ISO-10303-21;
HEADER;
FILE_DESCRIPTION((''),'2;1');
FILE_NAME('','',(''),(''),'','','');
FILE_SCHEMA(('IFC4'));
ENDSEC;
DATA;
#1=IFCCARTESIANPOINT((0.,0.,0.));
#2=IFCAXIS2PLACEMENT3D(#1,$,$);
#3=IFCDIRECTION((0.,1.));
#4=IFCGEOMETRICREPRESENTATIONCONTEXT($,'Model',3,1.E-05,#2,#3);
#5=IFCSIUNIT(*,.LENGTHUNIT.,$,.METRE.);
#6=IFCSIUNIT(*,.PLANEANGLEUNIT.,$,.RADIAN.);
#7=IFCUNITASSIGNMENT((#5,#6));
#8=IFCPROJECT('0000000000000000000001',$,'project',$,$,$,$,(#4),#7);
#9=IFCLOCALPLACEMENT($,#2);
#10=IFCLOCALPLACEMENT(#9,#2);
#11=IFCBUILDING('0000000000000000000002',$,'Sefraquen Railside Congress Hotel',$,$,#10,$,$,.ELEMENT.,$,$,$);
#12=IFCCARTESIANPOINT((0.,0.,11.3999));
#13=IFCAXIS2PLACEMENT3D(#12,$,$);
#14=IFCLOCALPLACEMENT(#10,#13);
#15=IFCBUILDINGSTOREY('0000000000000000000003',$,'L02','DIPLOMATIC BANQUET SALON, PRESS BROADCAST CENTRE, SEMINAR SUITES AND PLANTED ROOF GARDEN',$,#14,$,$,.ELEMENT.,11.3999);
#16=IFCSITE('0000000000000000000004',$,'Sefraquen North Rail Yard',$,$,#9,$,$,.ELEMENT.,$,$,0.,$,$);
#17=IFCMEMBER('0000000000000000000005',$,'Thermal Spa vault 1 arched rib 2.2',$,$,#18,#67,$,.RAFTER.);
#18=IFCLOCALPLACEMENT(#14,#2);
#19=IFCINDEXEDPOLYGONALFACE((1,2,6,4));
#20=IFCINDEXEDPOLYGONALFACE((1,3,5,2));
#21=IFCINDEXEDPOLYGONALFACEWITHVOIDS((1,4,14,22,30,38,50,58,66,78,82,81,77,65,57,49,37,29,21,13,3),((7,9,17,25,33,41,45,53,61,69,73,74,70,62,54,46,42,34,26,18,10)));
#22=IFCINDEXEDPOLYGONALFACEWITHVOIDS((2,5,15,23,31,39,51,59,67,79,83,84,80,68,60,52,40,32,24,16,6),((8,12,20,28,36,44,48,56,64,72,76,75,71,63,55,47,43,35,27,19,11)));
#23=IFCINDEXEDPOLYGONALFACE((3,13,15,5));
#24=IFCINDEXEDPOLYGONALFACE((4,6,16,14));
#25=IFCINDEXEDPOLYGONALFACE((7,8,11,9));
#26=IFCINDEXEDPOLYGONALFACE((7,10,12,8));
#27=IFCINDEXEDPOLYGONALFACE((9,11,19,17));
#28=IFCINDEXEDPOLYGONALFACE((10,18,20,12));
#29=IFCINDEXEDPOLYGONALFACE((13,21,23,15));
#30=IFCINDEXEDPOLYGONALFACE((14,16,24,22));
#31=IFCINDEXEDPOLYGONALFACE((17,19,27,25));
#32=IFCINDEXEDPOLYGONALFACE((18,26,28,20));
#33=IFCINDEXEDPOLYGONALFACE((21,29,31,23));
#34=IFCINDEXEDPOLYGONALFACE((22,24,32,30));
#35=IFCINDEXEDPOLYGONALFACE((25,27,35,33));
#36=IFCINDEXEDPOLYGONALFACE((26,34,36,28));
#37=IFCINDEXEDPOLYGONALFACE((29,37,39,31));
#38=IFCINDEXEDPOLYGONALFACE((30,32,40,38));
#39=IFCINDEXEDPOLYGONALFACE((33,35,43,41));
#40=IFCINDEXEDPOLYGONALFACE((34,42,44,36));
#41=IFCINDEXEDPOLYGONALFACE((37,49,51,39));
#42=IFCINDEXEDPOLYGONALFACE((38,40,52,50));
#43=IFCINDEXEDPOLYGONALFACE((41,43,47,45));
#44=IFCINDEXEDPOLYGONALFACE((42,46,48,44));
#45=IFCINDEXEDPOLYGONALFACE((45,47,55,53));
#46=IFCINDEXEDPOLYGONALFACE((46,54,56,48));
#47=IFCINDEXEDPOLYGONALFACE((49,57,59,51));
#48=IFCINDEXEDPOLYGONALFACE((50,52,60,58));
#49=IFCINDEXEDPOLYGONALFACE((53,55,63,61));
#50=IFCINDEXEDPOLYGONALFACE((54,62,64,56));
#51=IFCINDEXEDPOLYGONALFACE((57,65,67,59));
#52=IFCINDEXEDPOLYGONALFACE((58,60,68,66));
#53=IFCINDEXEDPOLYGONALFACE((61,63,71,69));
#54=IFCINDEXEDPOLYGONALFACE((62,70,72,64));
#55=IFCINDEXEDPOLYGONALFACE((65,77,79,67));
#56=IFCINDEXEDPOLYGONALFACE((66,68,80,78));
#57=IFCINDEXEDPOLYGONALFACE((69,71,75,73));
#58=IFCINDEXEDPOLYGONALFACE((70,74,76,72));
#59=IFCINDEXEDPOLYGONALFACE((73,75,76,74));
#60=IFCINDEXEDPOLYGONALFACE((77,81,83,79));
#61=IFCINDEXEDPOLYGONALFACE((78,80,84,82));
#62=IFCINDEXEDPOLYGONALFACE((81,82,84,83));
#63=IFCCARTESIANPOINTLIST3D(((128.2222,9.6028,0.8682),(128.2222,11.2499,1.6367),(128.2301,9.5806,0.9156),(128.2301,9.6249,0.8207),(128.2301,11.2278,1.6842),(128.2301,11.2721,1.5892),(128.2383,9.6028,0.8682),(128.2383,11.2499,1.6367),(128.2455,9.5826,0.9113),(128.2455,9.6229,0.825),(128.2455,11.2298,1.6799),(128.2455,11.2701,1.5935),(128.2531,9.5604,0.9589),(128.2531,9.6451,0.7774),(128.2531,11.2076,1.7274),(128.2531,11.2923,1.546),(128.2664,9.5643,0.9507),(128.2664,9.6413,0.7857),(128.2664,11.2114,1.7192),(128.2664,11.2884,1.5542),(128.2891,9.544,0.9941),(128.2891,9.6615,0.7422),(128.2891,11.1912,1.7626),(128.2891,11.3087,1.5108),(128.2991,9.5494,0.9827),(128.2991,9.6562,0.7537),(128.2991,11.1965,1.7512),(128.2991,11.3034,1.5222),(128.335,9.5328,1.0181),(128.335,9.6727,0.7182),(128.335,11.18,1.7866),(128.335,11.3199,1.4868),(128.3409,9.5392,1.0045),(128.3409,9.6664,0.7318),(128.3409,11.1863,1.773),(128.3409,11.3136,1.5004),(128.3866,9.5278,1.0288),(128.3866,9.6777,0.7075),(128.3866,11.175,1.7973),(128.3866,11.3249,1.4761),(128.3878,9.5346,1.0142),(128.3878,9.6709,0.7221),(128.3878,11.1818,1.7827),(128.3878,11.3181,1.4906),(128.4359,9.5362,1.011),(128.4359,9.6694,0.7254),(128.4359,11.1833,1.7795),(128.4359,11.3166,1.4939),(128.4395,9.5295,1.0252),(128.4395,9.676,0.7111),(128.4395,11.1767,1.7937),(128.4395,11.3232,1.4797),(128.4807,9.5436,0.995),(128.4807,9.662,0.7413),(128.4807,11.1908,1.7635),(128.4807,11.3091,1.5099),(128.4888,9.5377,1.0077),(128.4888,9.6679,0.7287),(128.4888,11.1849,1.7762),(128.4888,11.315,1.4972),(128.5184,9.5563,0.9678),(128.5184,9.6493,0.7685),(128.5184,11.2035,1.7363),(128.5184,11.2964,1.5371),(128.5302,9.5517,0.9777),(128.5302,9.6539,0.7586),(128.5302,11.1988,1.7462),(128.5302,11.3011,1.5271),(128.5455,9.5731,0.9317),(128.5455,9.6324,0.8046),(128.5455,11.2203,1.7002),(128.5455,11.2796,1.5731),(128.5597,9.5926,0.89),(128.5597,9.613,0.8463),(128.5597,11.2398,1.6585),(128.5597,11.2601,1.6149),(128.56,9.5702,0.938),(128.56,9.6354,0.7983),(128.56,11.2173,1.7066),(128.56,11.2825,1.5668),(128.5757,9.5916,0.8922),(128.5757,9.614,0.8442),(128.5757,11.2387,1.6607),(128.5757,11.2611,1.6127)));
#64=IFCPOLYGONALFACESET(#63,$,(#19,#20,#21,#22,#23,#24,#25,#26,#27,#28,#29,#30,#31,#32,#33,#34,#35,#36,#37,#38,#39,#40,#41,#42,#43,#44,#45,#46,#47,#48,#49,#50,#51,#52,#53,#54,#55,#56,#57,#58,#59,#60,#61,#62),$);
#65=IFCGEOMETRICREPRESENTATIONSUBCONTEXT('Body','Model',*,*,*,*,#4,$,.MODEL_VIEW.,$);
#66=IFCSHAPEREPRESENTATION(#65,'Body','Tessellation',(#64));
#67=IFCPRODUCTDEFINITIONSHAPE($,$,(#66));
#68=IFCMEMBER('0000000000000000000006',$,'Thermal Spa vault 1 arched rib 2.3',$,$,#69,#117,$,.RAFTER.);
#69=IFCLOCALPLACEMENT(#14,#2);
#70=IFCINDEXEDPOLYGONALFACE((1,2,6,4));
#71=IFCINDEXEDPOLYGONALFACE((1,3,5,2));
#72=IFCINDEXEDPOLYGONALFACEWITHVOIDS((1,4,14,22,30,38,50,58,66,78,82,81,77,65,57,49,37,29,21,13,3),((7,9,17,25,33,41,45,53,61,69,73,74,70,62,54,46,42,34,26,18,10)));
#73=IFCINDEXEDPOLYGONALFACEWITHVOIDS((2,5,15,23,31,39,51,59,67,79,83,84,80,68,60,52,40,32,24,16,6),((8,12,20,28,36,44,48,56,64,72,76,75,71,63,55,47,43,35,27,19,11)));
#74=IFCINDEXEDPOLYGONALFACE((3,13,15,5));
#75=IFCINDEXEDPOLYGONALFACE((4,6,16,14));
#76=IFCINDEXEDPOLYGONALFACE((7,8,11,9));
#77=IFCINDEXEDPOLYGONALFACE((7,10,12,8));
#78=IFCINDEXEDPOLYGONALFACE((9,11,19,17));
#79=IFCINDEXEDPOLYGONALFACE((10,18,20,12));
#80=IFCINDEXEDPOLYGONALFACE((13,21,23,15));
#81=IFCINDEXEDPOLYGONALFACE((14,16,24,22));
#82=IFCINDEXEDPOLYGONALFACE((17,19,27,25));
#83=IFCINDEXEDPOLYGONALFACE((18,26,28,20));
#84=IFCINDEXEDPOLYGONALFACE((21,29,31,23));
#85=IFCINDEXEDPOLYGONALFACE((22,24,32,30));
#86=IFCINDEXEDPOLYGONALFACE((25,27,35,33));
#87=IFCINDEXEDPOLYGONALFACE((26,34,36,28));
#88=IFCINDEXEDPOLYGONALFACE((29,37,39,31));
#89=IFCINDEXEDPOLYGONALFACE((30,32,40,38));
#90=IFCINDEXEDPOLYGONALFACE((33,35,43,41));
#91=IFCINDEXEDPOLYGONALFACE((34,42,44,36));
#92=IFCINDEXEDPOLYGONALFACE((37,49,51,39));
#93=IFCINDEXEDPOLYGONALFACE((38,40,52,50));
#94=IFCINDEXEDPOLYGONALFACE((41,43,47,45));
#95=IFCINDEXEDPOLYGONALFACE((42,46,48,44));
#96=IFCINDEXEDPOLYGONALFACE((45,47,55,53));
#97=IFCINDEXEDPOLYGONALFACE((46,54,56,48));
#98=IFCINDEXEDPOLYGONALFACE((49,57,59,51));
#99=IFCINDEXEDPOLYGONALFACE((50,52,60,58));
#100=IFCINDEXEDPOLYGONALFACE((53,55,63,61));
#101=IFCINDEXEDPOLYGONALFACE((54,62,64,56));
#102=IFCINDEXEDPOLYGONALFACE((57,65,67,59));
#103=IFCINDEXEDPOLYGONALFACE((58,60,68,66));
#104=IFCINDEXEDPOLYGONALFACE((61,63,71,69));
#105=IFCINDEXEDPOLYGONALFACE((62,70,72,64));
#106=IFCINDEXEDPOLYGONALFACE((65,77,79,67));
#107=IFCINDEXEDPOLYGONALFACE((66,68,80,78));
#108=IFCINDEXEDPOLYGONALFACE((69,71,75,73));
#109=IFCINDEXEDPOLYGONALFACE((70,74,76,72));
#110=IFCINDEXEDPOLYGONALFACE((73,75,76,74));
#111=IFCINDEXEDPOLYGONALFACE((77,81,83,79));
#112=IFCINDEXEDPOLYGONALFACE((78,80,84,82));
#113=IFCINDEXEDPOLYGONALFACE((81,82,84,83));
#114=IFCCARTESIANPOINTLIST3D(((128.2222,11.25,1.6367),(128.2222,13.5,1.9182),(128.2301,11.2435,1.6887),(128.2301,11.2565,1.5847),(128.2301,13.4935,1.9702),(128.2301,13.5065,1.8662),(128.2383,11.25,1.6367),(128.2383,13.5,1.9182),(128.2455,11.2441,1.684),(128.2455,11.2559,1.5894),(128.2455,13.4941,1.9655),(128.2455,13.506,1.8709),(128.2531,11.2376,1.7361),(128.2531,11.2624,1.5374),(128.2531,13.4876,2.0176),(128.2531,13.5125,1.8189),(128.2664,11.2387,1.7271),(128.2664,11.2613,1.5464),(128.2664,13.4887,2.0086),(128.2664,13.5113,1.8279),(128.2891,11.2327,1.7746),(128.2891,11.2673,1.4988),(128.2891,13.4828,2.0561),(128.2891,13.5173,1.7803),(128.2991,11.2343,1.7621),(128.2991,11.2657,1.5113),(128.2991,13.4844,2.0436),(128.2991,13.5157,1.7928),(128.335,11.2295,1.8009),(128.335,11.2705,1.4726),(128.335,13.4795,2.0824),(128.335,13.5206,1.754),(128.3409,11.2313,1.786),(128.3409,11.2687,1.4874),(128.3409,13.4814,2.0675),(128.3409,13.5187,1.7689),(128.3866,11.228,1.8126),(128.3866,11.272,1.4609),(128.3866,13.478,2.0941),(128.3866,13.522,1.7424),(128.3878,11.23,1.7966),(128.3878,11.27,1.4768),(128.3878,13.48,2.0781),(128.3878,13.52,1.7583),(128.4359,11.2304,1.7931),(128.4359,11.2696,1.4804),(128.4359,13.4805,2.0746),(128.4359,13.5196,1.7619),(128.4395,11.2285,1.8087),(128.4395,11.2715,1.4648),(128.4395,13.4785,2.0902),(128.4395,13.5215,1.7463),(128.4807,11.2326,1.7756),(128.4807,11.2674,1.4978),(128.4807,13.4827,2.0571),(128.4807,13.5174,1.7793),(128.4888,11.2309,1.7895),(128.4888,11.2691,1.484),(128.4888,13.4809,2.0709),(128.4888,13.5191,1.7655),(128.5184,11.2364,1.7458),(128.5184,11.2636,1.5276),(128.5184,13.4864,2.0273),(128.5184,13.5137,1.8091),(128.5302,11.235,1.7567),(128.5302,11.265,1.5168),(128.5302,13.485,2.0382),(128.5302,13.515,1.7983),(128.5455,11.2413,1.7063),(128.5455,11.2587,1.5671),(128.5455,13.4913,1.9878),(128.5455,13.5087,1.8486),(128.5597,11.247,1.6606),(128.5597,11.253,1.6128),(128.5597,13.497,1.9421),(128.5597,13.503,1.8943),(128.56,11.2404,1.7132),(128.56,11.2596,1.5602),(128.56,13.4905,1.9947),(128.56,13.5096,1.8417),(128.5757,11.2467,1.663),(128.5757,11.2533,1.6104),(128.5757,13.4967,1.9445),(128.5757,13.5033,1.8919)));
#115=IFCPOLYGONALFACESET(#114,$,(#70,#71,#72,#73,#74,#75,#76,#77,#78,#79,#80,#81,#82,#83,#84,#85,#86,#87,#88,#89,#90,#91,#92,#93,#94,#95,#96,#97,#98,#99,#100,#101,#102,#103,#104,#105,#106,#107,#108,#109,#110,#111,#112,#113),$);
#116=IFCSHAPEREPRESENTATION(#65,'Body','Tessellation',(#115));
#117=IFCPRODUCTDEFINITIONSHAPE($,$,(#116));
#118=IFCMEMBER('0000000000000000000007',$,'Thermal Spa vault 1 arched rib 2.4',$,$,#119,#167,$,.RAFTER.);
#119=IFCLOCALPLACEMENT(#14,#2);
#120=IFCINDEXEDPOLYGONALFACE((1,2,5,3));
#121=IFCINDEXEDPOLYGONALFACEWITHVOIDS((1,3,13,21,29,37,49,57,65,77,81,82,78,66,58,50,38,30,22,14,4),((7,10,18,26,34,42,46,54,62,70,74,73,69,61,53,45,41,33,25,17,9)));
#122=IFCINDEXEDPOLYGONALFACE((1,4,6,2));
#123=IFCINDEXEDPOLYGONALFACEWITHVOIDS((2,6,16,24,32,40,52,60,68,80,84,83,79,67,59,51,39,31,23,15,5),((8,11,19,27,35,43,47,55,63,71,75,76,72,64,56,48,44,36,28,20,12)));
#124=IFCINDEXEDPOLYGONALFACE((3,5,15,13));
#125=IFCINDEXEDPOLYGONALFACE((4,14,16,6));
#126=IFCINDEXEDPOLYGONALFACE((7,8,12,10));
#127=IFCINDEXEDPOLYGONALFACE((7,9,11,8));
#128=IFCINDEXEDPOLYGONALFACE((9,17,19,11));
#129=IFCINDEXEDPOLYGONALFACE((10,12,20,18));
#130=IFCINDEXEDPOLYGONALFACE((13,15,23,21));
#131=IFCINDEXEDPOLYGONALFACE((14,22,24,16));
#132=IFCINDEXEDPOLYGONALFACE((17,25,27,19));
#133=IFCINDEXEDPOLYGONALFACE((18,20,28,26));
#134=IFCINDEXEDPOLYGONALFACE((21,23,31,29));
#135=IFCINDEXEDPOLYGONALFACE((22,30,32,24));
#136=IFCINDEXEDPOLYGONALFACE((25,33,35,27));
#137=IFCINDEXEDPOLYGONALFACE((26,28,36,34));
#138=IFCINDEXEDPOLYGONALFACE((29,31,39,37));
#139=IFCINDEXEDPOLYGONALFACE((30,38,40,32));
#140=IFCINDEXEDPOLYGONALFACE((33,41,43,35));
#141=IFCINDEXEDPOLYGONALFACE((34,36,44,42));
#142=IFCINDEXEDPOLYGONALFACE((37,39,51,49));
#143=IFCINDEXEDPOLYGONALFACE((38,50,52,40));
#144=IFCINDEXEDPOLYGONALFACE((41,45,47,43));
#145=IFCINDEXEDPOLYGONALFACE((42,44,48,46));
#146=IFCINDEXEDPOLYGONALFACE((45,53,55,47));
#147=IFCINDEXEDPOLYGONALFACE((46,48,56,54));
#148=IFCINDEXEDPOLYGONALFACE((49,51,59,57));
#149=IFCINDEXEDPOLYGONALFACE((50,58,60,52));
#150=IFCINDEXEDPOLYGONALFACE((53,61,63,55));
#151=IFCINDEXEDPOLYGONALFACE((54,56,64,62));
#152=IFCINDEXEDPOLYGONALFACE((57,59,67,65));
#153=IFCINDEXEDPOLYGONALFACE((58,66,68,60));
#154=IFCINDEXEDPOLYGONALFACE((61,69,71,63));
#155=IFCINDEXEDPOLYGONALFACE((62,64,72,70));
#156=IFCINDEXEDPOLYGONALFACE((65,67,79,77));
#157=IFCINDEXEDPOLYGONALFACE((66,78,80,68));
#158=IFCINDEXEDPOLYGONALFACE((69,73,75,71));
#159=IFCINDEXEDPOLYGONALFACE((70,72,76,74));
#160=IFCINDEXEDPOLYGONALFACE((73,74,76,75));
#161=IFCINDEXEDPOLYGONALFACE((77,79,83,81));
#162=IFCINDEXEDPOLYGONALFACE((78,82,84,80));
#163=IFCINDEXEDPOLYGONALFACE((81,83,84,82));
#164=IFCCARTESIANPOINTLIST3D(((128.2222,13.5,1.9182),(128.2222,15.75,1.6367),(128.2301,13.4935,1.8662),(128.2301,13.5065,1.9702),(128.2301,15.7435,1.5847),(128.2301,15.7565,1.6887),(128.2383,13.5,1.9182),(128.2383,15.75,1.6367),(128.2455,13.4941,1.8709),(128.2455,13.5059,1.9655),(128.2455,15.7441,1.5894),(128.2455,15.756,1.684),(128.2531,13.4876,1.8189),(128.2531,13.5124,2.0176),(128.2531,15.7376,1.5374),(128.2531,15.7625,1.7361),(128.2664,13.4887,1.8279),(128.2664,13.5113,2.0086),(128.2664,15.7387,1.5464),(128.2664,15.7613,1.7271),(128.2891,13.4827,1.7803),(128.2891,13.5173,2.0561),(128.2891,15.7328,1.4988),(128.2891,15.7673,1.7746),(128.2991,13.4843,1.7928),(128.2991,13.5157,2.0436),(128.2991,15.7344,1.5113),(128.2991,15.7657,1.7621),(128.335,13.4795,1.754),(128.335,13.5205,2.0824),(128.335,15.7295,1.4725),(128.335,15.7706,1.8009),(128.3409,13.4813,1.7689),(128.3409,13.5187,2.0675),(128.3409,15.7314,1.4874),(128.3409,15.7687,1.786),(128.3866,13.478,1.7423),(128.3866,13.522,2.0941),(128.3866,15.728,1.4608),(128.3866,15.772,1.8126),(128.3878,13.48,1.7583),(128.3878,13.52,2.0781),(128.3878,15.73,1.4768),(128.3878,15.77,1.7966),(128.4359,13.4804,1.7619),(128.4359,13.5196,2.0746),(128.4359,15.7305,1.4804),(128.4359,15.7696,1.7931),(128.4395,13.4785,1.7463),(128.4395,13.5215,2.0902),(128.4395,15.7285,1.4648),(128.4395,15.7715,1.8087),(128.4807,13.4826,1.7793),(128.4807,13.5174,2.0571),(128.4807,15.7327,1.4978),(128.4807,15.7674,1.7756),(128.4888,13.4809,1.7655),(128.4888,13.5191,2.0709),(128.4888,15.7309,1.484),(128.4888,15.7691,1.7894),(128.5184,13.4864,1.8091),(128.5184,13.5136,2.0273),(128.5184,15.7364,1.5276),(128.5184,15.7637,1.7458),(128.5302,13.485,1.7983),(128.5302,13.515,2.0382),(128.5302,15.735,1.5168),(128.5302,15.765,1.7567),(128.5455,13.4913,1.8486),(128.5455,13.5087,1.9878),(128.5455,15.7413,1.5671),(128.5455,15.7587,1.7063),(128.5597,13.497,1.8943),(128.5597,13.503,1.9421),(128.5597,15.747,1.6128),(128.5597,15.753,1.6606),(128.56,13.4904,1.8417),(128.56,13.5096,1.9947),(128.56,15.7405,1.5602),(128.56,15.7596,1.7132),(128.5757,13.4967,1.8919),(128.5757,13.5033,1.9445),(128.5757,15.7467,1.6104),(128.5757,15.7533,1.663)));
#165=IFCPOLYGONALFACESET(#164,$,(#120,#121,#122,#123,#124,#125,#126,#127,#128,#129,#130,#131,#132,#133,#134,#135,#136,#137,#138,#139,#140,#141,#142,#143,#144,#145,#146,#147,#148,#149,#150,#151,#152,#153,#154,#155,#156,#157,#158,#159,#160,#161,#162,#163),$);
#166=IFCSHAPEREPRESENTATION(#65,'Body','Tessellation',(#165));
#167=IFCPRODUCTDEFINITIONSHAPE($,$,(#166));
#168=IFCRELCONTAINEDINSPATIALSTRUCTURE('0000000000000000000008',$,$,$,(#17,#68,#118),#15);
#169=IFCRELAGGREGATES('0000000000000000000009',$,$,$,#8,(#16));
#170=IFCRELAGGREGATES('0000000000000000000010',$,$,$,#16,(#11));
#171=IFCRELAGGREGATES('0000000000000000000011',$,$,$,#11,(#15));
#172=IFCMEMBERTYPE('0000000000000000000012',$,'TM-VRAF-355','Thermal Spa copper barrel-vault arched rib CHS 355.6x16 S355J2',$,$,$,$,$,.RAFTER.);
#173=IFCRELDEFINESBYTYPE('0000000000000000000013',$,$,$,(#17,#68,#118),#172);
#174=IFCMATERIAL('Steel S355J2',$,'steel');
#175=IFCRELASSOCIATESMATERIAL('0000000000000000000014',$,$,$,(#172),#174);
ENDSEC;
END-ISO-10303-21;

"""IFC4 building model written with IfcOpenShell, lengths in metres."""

from ifc_helpers import new_model, si_unit, direction, frame, origin, origin_2d, place, context, subcontext, project, spatial, hollow_circle, extrude, material, material_profile, profile_set, type_object, element, save


model = new_model("IFC4")

# Units and contexts
model_context = context("Model", 3, precision=1e-05, world=origin(), true_north=direction((0.0, 1.0)))
body_context = subcontext(model_context, "Body", "Model", "MODEL_VIEW")
ifc_project = project(units=[si_unit("LENGTHUNIT", "METRE"), si_unit("PLANEANGLEUNIT", "RADIAN")], contexts=[model_context])

# Site, building, storey
site_placement = place(None, origin())
site = spatial("IfcSite", under=ifc_project, at=site_placement, Name="Sefraquen North Rail Yard", CompositionType="ELEMENT", RefElevation=0.0)
building_placement = place(site_placement, origin())
building = spatial("IfcBuilding", under=site, at=building_placement, Name="Sefraquen Railside Congress Hotel", CompositionType="ELEMENT")
storey_placement = place(building_placement, frame((0.0, 0.0, 11.3999)))
storey = spatial("IfcBuildingStorey", under=building, at=storey_placement, Name="L02", Description="DIPLOMATIC BANQUET SALON, PRESS BROADCAST CENTRE, SEMINAR SUITES AND PLANTED ROOF GARDEN", CompositionType="ELEMENT", Elevation=11.3999)

# Members
ifc_material_1 = material(Name="Steel S355J2", Category="steel")
ifc_material_profile_1 = material_profile(ifc_material_1, hollow_circle(Radius=0.1777, WallThickness=0.0161, at=origin_2d()), Name="CHS 355.6x16")
ifc_profile_set_1 = profile_set([ifc_material_profile_1], Name="Steel S355J2")
member_type = type_object("IfcMemberType", Name="TM-VRAF-355", Description="Thermal Spa copper barrel-vault arched rib CHS 355.6x16 S355J2", PredefinedType="RAFTER", material=ifc_profile_set_1)
member_1_placement = place(storey_placement, frame((128.3999, 9.6028, 0.8682), z_axis=(0.0, 0.906214, 0.422819), x_axis=(-1.0, 0.0, 0.0)))
element("IfcMember", 1, at=member_1_placement, inside=storey, type_object=member_type, Name="Thermal Spa vault 1 arched rib 2.2", PredefinedType="RAFTER", context=body_context, shape_type="SweptSolid", body=[
    extrude(hollow_circle(Radius=0.1777, WallThickness=0.0161, at=origin_2d()), origin(), (0.0, 0.0, 1.0), 1.8176),
])
for number, where, z_axis, x_axis, name in (
    (2, (128.3999, 11.25, 1.6367), (0.0, 0.992265, 0.124141), (-1.0, 0.0, 0.0), "Thermal Spa vault 1 arched rib 2.3"),
    (3, (128.3999, 13.5, 1.9182), (0.0, 0.992265, -0.124141), (-1.0, 0.0, 0.0), "Thermal Spa vault 1 arched rib 2.4"),
):
    element("IfcMember", number, at=place(storey_placement, frame(where, z_axis=z_axis, x_axis=x_axis)), inside=storey, type_object=member_type, Name=name, PredefinedType="RAFTER", context=body_context, shape_type="SweptSolid", body=[
        extrude(hollow_circle(Radius=0.1777, WallThickness=0.0161, at=origin_2d()), origin(), (0.0, 0.0, 1.0), 2.2676),
    ])

save(model, "model.ifc")
